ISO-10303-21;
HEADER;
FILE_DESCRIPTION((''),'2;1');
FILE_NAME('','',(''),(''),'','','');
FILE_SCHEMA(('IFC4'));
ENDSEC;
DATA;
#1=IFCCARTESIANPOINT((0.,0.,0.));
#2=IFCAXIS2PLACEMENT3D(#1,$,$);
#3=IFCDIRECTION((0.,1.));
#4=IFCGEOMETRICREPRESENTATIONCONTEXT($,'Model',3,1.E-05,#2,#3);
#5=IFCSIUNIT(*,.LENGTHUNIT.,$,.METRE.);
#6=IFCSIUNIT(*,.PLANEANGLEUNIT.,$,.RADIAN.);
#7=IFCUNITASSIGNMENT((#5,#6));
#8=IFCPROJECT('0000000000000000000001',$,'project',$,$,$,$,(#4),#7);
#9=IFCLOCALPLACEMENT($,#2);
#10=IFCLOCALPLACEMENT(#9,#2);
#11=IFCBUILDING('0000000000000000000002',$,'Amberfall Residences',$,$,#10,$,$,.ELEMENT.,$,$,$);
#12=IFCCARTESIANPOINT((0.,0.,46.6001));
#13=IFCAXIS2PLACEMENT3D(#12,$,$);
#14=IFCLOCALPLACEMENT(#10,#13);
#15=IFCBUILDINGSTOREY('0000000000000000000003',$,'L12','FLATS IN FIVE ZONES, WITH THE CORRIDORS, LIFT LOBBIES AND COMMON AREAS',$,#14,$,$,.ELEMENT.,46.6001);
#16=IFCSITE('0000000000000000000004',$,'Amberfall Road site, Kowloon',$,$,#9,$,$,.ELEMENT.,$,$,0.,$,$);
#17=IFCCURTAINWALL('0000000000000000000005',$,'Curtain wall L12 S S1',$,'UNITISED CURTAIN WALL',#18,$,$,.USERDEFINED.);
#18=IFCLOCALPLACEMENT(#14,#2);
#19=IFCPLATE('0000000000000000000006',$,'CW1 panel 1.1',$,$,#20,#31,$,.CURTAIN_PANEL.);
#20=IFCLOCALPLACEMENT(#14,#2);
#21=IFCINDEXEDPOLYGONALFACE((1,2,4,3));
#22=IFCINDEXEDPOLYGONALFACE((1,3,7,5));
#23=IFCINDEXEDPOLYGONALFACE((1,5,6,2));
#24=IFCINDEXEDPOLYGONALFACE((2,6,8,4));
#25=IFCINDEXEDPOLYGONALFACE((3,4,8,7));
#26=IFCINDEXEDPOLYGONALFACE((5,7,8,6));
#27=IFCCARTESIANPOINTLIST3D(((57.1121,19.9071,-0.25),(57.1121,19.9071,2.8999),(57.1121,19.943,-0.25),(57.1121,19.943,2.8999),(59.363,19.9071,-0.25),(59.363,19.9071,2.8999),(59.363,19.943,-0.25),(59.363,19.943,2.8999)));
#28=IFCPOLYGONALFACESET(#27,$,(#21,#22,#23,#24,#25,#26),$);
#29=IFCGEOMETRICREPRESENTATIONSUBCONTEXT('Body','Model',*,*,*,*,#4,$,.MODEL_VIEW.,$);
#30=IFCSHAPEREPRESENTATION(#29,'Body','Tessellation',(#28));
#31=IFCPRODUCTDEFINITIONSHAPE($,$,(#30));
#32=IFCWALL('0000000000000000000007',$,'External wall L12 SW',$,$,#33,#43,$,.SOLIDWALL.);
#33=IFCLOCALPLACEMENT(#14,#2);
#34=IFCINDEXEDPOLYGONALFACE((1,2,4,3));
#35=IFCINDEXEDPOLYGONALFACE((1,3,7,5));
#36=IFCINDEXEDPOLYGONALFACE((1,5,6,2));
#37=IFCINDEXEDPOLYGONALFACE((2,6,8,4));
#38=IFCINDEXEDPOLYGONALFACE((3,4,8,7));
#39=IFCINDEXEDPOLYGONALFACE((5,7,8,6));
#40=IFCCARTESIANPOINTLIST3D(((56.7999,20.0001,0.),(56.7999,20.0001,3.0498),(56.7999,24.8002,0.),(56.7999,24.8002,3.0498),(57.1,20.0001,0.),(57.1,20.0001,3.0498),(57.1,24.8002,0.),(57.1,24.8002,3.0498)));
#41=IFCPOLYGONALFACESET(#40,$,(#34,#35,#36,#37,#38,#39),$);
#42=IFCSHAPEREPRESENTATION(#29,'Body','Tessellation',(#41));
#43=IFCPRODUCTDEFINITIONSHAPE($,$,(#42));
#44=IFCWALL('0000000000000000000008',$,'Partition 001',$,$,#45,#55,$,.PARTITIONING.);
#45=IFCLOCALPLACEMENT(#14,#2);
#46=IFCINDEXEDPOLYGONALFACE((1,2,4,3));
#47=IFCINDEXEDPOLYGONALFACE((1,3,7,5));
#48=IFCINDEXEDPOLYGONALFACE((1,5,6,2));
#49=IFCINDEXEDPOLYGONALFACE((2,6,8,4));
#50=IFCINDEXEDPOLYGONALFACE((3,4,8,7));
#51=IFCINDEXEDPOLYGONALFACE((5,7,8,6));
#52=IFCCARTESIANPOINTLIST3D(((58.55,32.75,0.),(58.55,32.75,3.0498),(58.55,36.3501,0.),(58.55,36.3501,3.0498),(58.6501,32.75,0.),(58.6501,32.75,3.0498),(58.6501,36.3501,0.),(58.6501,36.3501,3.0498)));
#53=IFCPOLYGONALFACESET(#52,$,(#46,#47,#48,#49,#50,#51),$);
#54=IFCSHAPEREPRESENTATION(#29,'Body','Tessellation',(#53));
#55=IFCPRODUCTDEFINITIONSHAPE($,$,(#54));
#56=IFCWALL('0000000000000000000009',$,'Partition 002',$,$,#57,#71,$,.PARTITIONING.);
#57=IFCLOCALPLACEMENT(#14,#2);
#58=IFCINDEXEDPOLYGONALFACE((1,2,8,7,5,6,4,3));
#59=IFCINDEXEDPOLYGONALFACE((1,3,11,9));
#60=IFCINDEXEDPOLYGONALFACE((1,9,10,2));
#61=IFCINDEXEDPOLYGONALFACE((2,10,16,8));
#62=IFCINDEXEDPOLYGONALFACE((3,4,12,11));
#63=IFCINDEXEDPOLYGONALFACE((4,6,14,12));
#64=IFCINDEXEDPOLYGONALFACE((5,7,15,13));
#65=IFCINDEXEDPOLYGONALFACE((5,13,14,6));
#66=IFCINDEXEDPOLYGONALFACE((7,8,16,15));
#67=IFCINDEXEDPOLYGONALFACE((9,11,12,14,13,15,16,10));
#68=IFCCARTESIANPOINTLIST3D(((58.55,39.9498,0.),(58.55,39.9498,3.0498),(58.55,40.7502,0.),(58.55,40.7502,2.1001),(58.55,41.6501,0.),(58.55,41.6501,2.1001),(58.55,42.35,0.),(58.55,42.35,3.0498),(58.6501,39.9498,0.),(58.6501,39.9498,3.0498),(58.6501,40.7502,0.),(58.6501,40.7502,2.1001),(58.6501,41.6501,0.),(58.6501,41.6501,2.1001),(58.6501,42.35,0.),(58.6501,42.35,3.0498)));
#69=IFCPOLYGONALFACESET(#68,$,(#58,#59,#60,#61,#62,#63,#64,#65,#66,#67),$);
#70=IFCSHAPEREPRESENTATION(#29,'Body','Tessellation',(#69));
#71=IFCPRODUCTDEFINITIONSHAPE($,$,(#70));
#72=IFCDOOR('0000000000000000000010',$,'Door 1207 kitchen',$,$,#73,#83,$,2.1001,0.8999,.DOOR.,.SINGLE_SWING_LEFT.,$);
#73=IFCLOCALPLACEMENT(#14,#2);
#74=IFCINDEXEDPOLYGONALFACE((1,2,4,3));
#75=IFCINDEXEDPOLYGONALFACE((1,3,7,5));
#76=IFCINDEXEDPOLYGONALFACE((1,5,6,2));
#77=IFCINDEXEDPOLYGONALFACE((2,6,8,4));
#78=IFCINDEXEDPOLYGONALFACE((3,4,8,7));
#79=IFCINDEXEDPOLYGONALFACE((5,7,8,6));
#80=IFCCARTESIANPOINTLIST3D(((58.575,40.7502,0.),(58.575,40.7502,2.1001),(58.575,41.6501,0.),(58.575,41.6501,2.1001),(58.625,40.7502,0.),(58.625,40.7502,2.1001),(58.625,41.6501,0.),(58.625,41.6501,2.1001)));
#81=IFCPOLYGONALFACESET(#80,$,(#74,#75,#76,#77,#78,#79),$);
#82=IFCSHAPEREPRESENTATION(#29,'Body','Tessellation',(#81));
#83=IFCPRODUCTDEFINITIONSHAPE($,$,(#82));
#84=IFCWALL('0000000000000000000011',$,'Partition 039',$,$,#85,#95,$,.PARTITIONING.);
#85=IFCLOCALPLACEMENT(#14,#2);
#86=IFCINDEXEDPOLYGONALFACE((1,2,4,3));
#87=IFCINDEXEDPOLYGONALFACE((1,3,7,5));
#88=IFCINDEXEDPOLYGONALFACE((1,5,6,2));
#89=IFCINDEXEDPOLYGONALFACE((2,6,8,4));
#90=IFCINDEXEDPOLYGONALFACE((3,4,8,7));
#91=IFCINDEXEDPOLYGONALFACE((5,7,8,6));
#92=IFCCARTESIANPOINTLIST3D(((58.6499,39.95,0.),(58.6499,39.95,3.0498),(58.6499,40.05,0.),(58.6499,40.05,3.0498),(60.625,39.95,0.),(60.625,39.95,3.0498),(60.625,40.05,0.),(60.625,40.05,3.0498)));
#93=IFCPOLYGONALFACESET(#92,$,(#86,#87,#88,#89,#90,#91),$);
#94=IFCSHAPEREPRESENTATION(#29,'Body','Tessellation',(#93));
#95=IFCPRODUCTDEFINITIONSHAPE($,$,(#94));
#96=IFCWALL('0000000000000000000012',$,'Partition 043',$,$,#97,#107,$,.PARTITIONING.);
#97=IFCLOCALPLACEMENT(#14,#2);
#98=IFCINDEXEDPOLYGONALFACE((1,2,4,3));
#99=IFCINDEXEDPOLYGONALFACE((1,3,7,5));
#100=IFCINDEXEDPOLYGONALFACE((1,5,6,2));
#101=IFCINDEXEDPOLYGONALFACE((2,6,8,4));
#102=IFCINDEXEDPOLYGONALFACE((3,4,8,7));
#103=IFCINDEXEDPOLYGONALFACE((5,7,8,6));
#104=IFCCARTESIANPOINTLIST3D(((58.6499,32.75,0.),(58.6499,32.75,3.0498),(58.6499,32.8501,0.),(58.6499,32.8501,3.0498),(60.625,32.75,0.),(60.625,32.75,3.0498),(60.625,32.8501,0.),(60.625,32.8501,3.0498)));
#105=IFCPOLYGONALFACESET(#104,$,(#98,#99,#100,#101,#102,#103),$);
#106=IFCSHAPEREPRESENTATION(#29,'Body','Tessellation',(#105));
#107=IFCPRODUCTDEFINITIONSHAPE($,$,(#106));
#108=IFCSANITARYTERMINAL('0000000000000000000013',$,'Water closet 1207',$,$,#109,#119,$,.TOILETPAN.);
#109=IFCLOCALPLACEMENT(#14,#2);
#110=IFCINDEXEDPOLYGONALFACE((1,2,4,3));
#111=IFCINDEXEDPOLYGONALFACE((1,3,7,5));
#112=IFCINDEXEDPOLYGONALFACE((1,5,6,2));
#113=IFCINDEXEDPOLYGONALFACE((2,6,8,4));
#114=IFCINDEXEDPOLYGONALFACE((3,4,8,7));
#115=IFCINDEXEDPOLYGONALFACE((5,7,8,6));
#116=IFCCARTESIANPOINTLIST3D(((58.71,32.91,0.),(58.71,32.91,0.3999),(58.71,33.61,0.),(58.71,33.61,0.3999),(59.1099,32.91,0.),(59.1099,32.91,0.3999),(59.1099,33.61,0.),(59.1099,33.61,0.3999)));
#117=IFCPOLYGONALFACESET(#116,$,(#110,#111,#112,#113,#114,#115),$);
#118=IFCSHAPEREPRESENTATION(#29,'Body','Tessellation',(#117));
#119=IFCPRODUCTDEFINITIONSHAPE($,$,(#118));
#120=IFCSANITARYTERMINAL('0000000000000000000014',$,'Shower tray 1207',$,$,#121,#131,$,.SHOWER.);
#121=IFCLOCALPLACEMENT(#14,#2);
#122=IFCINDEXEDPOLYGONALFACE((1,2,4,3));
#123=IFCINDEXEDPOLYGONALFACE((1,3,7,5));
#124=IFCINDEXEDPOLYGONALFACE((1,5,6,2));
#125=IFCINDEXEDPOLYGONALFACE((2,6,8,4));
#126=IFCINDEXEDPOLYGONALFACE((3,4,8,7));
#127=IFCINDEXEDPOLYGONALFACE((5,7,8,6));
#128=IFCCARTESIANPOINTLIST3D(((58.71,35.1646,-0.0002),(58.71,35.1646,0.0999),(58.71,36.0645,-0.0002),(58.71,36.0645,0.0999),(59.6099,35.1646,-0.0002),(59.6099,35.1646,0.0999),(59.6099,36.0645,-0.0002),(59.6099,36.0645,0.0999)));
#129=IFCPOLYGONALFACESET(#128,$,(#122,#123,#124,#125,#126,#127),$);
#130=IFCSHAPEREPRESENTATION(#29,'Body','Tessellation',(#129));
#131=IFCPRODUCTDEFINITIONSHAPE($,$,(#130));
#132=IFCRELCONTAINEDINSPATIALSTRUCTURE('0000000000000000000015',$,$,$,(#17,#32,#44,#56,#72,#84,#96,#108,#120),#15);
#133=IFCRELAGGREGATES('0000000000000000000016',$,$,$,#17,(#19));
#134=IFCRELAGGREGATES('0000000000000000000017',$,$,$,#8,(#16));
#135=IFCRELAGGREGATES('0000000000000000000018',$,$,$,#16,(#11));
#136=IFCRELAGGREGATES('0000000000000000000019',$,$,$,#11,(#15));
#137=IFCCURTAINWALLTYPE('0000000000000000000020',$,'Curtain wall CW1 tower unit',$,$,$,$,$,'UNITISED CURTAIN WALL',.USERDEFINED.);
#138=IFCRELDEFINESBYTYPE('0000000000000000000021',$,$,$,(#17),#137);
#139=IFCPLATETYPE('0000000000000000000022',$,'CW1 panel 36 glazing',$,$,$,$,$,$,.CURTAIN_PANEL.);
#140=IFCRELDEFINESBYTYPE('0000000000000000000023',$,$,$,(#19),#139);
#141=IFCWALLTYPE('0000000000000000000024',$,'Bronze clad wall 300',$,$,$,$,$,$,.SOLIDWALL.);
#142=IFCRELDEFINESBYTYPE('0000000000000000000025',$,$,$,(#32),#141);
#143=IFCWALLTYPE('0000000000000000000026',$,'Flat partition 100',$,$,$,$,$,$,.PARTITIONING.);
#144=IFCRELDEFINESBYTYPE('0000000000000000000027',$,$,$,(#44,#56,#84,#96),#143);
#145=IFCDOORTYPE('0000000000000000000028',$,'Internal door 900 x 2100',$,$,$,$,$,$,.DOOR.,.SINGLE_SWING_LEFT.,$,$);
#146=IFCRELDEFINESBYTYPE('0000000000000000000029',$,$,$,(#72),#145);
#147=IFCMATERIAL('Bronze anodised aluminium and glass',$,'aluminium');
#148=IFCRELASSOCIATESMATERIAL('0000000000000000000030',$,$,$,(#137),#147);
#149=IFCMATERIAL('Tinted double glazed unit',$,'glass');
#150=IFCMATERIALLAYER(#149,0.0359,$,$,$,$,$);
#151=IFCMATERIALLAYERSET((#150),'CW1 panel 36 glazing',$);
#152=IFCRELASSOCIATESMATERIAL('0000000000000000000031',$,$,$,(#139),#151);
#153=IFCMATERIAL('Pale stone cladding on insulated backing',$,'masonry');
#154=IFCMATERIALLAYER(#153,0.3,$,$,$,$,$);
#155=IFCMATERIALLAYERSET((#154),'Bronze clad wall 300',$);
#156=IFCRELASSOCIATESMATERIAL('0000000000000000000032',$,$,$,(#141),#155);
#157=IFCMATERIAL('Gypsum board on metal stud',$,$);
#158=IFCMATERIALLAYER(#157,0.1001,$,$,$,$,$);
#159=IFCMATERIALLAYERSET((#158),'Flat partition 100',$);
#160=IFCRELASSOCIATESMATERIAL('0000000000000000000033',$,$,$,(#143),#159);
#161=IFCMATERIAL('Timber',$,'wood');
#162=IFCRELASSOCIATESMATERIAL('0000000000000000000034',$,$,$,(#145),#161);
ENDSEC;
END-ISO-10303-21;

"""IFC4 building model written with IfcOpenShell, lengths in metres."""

from ifc_helpers import new_model, si_unit, direction, frame, frame_2d, origin, origin_2d, place, context, subcontext, project, spatial, rectangle, extrude, material, layer, layer_set, type_object, element, fill, aggregate, save


model = new_model("IFC4")

# Units and contexts
model_context = context("Model", 3, precision=1e-05, world=origin(), true_north=direction((0.0, 1.0)))
body_context = subcontext(model_context, "Body", "Model", "MODEL_VIEW")
ifc_project = project(units=[si_unit("LENGTHUNIT", "METRE"), si_unit("PLANEANGLEUNIT", "RADIAN")], contexts=[model_context])

# Site, building, storey
site_placement = place(None, origin())
site = spatial("IfcSite", under=ifc_project, at=site_placement, Name="Amberfall Road site, Kowloon", CompositionType="ELEMENT", RefElevation=0.0)
building_placement = place(site_placement, origin())
building = spatial("IfcBuilding", under=site, at=building_placement, Name="Amberfall Residences", CompositionType="ELEMENT")
storey_placement = place(building_placement, frame((0.0, 0.0, 46.6001)))
storey = spatial("IfcBuildingStorey", under=building, at=storey_placement, Name="L12", Description="FLATS IN FIVE ZONES, WITH THE CORRIDORS, LIFT LOBBIES AND COMMON AREAS", CompositionType="ELEMENT", Elevation=46.6001)

# Curtain wall
ifc_material_1 = material(Name="Bronze anodised aluminium and glass", Category="aluminium")
curtain_wall_type = type_object("IfcCurtainWallType", Name="Curtain wall CW1 tower unit", ElementType="UNITISED CURTAIN WALL", PredefinedType="USERDEFINED", material=ifc_material_1)
curtain_wall_placement = place(storey_placement, origin())
curtain_wall = element("IfcCurtainWall", 1, at=curtain_wall_placement, inside=storey, type_object=curtain_wall_type, Name="Curtain wall L12 S S1", ObjectType="UNITISED CURTAIN WALL", PredefinedType="USERDEFINED")

# Plate
ifc_material_2 = material(Name="Tinted double glazed unit", Category="glass")
ifc_layer_1 = layer(ifc_material_2, 0.0359)
ifc_layer_set_1 = layer_set([ifc_layer_1], Name="CW1 panel 36 glazing")
plate_type = type_object("IfcPlateType", Name="CW1 panel 36 glazing", PredefinedType="CURTAIN_PANEL", material=ifc_layer_set_1)
plate_placement = place(storey_placement, frame((58.2375, 19.925, -0.25), z_axis=(0.0, 0.0, 1.0), x_axis=(1.0, 0.0, 0.0)))
plate = element("IfcPlate", 2, at=plate_placement, type_object=plate_type, Name="CW1 panel 1.1", PredefinedType="CURTAIN_PANEL", context=body_context, shape_type="SweptSolid", body=[
    extrude(rectangle(XDim=2.251, YDim=0.0359, at=origin_2d()), origin(), (0.0, 0.0, 1.0), 3.1499),
])
aggregate(curtain_wall, [plate])

# Walls
ifc_material_3 = material(Name="Pale stone cladding on insulated backing", Category="masonry")
ifc_layer_2 = layer(ifc_material_3, 0.3)
ifc_layer_set_2 = layer_set([ifc_layer_2], Name="Bronze clad wall 300")
wall_type_1 = type_object("IfcWallType", Name="Bronze clad wall 300", PredefinedType="SOLIDWALL", material=ifc_layer_set_2)
wall_1_placement = place(storey_placement, frame((56.95, 24.8, 0.0), z_axis=(0.0, 0.0, 1.0), x_axis=(0.0, -1.0, 0.0)))
element("IfcWall", 3, at=wall_1_placement, inside=storey, type_object=wall_type_1, Name="External wall L12 SW", PredefinedType="SOLIDWALL", context=body_context, shape_type="SweptSolid", body=[
    extrude(rectangle(XDim=4.8, YDim=0.3, at=frame_2d((2.3999, 0.0))), origin(), (0.0, 0.0, 1.0), 3.0498),
])
ifc_material_4 = material(Name="Gypsum board on metal stud")
ifc_layer_3 = layer(ifc_material_4, 0.1001)
ifc_layer_set_3 = layer_set([ifc_layer_3], Name="Flat partition 100")
wall_type_2 = type_object("IfcWallType", Name="Flat partition 100", PredefinedType="PARTITIONING", material=ifc_layer_set_3)
wall_2_placement = place(storey_placement, frame((58.6001, 32.75, 0.0), z_axis=(0.0, 0.0, 1.0), x_axis=(0.0, 1.0, 0.0)))
element("IfcWall", 4, at=wall_2_placement, inside=storey, type_object=wall_type_2, Name="Partition 001", PredefinedType="PARTITIONING", context=body_context, shape_type="SweptSolid", body=[
    extrude(rectangle(XDim=3.6001, YDim=0.1001, at=frame_2d((1.8, 0.0))), origin(), (0.0, 0.0, 1.0), 3.0498),
])

# Wall, opening, door
wall_3_placement = place(storey_placement, frame((58.6001, 42.3501, 0.0), z_axis=(0.0, 0.0, 1.0), x_axis=(0.0, -1.0, 0.0)))
wall_3 = element("IfcWall", 5, at=wall_3_placement, inside=storey, type_object=wall_type_2, Name="Partition 002", PredefinedType="PARTITIONING", context=body_context, shape_type="SweptSolid", body=[
    extrude(rectangle(XDim=2.4001, YDim=0.1001, at=frame_2d((1.2002, 0.0))), origin(), (0.0, 0.0, 1.0), 3.0498),
])
opening_placement = place(wall_3_placement, frame((0.7, 0.0, 0.0)))
opening = element("IfcOpeningElement", 6, at=opening_placement, cuts=wall_3, PredefinedType="OPENING", context=body_context, shape_type="SweptSolid", body=[
    extrude(rectangle(XDim=0.8999, YDim=2.1001, at=frame_2d((0.45, 1.05))), frame((0.0, 0.0601, 0.0), z_axis=(0.0, -1.0, 0.0), x_axis=(1.0, 0.0, 0.0)), (0.0, 0.0, 1.0), 0.1201),
])
ifc_material_5 = material(Name="Timber", Category="wood")
door_type = type_object("IfcDoorType", Name="Internal door 900 x 2100", OperationType="SINGLE_SWING_LEFT", PredefinedType="DOOR", material=ifc_material_5)
door_placement = place(opening_placement, origin())
door = element("IfcDoor", 7, at=door_placement, inside=storey, type_object=door_type, Name="Door 1207 kitchen", OperationType="SINGLE_SWING_LEFT", OverallHeight=2.1001, OverallWidth=0.8999, PredefinedType="DOOR", context=body_context, shape_type="SweptSolid", body=[
    extrude(rectangle(XDim=0.8999, YDim=2.1001, at=frame_2d((0.45, 1.05))), frame((0.0, 0.0249, 0.0), z_axis=(0.0, -1.0, 0.0), x_axis=(1.0, 0.0, 0.0)), (0.0, 0.0, 1.0), 0.05),
])
fill(opening, door)

# Walls
for number, where, z_axis, x_axis, name in (
    (8, (58.6499, 40.0, 0.0), (0.0, 0.0, 1.0), (1.0, 0.0, 0.0), "Partition 039"),
    (9, (58.6499, 32.8, 0.0), (0.0, 0.0, 1.0), (1.0, 0.0, 0.0), "Partition 043"),
):
    element("IfcWall", number, at=place(storey_placement, frame(where, z_axis=z_axis, x_axis=x_axis)), inside=storey, type_object=wall_type_2, Name=name, PredefinedType="PARTITIONING", context=body_context, shape_type="SweptSolid", body=[
        extrude(rectangle(XDim=1.9751, YDim=0.1001, at=frame_2d((0.9875, 0.0))), origin(), (0.0, 0.0, 1.0), 3.0498),
    ])

# Sanitary terminals
sanitary_terminal_1_placement = place(storey_placement, frame((58.9099, 33.26, 0.0), z_axis=(0.0, 0.0, 1.0), x_axis=(1.0, 0.0, 0.0)))
element("IfcSanitaryTerminal", 10, at=sanitary_terminal_1_placement, inside=storey, Name="Water closet 1207", PredefinedType="TOILETPAN", context=body_context, shape_type="SweptSolid", body=[
    extrude(rectangle(XDim=0.3999, YDim=0.7, at=origin_2d()), origin(), (0.0, 0.0, 1.0), 0.3999),
])
sanitary_terminal_2_placement = place(storey_placement, frame((59.1599, 35.6145, -0.0002), z_axis=(0.0, 0.0, 1.0), x_axis=(1.0, 0.0, 0.0)))
element("IfcSanitaryTerminal", 11, at=sanitary_terminal_2_placement, inside=storey, Name="Shower tray 1207", PredefinedType="SHOWER", context=body_context, shape_type="SweptSolid", body=[
    extrude(rectangle(XDim=0.8999, YDim=0.8999, at=origin_2d()), origin(), (0.0, 0.0, 1.0), 0.1001),
])

save(model, "model.ifc")
